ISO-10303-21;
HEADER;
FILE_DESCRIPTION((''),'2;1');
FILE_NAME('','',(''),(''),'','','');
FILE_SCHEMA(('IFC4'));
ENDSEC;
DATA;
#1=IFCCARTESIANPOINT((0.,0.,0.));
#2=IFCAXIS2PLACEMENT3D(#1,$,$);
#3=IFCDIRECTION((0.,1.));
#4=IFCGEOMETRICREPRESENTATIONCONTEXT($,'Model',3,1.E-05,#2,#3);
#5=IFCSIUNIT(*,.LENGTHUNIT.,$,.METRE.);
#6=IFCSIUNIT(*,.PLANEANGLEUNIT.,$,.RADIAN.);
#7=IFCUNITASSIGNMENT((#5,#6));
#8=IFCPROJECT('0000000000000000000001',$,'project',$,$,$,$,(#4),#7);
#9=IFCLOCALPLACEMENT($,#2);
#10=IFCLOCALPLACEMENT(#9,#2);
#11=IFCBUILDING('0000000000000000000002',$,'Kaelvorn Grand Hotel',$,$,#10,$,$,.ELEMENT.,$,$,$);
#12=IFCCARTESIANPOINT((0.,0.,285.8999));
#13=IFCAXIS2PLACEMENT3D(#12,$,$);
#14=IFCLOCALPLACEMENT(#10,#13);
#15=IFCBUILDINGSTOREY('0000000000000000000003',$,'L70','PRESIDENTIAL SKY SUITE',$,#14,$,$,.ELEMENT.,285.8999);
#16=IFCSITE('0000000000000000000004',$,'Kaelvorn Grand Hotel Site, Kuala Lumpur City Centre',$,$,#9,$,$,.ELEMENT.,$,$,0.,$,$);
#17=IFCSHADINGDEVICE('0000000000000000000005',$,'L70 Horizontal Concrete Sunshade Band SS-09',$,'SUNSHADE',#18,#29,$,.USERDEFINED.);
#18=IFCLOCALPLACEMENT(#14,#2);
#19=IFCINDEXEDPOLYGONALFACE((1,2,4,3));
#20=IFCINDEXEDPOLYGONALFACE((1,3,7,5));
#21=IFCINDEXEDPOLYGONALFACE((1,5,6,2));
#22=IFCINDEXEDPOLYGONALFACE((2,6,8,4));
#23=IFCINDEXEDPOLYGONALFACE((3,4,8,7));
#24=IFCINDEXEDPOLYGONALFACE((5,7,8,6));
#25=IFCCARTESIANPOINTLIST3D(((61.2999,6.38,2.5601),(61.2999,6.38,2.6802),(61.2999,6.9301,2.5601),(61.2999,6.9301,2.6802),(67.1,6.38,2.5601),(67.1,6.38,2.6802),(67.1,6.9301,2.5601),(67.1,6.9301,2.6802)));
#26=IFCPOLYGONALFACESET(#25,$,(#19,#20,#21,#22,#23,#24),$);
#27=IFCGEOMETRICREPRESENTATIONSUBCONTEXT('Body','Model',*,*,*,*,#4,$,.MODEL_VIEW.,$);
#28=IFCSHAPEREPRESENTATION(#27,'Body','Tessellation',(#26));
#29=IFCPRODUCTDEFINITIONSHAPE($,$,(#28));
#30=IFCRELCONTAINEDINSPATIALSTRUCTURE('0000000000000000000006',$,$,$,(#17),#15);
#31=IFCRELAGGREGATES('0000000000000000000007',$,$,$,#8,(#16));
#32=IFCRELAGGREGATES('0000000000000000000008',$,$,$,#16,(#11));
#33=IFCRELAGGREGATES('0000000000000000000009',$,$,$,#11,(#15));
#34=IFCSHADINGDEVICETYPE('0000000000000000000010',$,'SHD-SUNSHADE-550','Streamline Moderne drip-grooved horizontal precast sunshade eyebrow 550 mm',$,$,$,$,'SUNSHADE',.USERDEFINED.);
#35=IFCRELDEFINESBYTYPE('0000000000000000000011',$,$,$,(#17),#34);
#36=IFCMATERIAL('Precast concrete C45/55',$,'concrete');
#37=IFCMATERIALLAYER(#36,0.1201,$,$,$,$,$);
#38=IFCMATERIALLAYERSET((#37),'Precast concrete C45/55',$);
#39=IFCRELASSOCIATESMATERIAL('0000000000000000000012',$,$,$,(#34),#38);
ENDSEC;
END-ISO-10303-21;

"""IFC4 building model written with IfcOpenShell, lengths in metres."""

from ifc_helpers import new_model, si_unit, direction, frame, origin, origin_2d, place, context, subcontext, project, spatial, rectangle, extrude, material, layer, layer_set, type_object, element, save


model = new_model("IFC4")

# Units and contexts
model_context = context("Model", 3, precision=1e-05, world=origin(), true_north=direction((0.0, 1.0)))
body_context = subcontext(model_context, "Body", "Model", "MODEL_VIEW")
ifc_project = project(units=[si_unit("LENGTHUNIT", "METRE"), si_unit("PLANEANGLEUNIT", "RADIAN")], contexts=[model_context])

# Site, building, storey
site_placement = place(None, origin())
site = spatial("IfcSite", under=ifc_project, at=site_placement, Name="Kaelvorn Grand Hotel Site, Kuala Lumpur City Centre", CompositionType="ELEMENT", RefElevation=0.0)
building_placement = place(site_placement, origin())
building = spatial("IfcBuilding", under=site, at=building_placement, Name="Kaelvorn Grand Hotel", CompositionType="ELEMENT")
storey_placement = place(building_placement, frame((0.0, 0.0, 285.8999)))
storey = spatial("IfcBuildingStorey", under=building, at=storey_placement, Name="L70", Description="PRESIDENTIAL SKY SUITE", CompositionType="ELEMENT", Elevation=285.8999)

# Shared definitions
ifc_material_1 = material(Name="Precast concrete C45/55", Category="concrete")

# Shading device
ifc_layer_1 = layer(ifc_material_1, 0.1201)
ifc_layer_set_1 = layer_set([ifc_layer_1], Name="Precast concrete C45/55")
shading_device_type = type_object("IfcShadingDeviceType", Name="SHD-SUNSHADE-550", Description="Streamline Moderne drip-grooved horizontal precast sunshade eyebrow 550 mm", ElementType="SUNSHADE", PredefinedType="USERDEFINED", material=ifc_layer_set_1)
shading_device_placement = place(storey_placement, frame((64.2, 6.655, 2.5601), z_axis=(0.0, 0.0, 1.0), x_axis=(1.0, 0.0, 0.0)))
element("IfcShadingDevice", 1, at=shading_device_placement, inside=storey, type_object=shading_device_type, Name="L70 Horizontal Concrete Sunshade Band SS-09", ObjectType="SUNSHADE", PredefinedType="USERDEFINED", context=body_context, shape_type="SweptSolid", body=[
    extrude(rectangle(XDim=5.8, YDim=0.55, at=origin_2d()), origin(), (0.0, 0.0, 1.0), 0.1201),
])

save(model, "model.ifc")
